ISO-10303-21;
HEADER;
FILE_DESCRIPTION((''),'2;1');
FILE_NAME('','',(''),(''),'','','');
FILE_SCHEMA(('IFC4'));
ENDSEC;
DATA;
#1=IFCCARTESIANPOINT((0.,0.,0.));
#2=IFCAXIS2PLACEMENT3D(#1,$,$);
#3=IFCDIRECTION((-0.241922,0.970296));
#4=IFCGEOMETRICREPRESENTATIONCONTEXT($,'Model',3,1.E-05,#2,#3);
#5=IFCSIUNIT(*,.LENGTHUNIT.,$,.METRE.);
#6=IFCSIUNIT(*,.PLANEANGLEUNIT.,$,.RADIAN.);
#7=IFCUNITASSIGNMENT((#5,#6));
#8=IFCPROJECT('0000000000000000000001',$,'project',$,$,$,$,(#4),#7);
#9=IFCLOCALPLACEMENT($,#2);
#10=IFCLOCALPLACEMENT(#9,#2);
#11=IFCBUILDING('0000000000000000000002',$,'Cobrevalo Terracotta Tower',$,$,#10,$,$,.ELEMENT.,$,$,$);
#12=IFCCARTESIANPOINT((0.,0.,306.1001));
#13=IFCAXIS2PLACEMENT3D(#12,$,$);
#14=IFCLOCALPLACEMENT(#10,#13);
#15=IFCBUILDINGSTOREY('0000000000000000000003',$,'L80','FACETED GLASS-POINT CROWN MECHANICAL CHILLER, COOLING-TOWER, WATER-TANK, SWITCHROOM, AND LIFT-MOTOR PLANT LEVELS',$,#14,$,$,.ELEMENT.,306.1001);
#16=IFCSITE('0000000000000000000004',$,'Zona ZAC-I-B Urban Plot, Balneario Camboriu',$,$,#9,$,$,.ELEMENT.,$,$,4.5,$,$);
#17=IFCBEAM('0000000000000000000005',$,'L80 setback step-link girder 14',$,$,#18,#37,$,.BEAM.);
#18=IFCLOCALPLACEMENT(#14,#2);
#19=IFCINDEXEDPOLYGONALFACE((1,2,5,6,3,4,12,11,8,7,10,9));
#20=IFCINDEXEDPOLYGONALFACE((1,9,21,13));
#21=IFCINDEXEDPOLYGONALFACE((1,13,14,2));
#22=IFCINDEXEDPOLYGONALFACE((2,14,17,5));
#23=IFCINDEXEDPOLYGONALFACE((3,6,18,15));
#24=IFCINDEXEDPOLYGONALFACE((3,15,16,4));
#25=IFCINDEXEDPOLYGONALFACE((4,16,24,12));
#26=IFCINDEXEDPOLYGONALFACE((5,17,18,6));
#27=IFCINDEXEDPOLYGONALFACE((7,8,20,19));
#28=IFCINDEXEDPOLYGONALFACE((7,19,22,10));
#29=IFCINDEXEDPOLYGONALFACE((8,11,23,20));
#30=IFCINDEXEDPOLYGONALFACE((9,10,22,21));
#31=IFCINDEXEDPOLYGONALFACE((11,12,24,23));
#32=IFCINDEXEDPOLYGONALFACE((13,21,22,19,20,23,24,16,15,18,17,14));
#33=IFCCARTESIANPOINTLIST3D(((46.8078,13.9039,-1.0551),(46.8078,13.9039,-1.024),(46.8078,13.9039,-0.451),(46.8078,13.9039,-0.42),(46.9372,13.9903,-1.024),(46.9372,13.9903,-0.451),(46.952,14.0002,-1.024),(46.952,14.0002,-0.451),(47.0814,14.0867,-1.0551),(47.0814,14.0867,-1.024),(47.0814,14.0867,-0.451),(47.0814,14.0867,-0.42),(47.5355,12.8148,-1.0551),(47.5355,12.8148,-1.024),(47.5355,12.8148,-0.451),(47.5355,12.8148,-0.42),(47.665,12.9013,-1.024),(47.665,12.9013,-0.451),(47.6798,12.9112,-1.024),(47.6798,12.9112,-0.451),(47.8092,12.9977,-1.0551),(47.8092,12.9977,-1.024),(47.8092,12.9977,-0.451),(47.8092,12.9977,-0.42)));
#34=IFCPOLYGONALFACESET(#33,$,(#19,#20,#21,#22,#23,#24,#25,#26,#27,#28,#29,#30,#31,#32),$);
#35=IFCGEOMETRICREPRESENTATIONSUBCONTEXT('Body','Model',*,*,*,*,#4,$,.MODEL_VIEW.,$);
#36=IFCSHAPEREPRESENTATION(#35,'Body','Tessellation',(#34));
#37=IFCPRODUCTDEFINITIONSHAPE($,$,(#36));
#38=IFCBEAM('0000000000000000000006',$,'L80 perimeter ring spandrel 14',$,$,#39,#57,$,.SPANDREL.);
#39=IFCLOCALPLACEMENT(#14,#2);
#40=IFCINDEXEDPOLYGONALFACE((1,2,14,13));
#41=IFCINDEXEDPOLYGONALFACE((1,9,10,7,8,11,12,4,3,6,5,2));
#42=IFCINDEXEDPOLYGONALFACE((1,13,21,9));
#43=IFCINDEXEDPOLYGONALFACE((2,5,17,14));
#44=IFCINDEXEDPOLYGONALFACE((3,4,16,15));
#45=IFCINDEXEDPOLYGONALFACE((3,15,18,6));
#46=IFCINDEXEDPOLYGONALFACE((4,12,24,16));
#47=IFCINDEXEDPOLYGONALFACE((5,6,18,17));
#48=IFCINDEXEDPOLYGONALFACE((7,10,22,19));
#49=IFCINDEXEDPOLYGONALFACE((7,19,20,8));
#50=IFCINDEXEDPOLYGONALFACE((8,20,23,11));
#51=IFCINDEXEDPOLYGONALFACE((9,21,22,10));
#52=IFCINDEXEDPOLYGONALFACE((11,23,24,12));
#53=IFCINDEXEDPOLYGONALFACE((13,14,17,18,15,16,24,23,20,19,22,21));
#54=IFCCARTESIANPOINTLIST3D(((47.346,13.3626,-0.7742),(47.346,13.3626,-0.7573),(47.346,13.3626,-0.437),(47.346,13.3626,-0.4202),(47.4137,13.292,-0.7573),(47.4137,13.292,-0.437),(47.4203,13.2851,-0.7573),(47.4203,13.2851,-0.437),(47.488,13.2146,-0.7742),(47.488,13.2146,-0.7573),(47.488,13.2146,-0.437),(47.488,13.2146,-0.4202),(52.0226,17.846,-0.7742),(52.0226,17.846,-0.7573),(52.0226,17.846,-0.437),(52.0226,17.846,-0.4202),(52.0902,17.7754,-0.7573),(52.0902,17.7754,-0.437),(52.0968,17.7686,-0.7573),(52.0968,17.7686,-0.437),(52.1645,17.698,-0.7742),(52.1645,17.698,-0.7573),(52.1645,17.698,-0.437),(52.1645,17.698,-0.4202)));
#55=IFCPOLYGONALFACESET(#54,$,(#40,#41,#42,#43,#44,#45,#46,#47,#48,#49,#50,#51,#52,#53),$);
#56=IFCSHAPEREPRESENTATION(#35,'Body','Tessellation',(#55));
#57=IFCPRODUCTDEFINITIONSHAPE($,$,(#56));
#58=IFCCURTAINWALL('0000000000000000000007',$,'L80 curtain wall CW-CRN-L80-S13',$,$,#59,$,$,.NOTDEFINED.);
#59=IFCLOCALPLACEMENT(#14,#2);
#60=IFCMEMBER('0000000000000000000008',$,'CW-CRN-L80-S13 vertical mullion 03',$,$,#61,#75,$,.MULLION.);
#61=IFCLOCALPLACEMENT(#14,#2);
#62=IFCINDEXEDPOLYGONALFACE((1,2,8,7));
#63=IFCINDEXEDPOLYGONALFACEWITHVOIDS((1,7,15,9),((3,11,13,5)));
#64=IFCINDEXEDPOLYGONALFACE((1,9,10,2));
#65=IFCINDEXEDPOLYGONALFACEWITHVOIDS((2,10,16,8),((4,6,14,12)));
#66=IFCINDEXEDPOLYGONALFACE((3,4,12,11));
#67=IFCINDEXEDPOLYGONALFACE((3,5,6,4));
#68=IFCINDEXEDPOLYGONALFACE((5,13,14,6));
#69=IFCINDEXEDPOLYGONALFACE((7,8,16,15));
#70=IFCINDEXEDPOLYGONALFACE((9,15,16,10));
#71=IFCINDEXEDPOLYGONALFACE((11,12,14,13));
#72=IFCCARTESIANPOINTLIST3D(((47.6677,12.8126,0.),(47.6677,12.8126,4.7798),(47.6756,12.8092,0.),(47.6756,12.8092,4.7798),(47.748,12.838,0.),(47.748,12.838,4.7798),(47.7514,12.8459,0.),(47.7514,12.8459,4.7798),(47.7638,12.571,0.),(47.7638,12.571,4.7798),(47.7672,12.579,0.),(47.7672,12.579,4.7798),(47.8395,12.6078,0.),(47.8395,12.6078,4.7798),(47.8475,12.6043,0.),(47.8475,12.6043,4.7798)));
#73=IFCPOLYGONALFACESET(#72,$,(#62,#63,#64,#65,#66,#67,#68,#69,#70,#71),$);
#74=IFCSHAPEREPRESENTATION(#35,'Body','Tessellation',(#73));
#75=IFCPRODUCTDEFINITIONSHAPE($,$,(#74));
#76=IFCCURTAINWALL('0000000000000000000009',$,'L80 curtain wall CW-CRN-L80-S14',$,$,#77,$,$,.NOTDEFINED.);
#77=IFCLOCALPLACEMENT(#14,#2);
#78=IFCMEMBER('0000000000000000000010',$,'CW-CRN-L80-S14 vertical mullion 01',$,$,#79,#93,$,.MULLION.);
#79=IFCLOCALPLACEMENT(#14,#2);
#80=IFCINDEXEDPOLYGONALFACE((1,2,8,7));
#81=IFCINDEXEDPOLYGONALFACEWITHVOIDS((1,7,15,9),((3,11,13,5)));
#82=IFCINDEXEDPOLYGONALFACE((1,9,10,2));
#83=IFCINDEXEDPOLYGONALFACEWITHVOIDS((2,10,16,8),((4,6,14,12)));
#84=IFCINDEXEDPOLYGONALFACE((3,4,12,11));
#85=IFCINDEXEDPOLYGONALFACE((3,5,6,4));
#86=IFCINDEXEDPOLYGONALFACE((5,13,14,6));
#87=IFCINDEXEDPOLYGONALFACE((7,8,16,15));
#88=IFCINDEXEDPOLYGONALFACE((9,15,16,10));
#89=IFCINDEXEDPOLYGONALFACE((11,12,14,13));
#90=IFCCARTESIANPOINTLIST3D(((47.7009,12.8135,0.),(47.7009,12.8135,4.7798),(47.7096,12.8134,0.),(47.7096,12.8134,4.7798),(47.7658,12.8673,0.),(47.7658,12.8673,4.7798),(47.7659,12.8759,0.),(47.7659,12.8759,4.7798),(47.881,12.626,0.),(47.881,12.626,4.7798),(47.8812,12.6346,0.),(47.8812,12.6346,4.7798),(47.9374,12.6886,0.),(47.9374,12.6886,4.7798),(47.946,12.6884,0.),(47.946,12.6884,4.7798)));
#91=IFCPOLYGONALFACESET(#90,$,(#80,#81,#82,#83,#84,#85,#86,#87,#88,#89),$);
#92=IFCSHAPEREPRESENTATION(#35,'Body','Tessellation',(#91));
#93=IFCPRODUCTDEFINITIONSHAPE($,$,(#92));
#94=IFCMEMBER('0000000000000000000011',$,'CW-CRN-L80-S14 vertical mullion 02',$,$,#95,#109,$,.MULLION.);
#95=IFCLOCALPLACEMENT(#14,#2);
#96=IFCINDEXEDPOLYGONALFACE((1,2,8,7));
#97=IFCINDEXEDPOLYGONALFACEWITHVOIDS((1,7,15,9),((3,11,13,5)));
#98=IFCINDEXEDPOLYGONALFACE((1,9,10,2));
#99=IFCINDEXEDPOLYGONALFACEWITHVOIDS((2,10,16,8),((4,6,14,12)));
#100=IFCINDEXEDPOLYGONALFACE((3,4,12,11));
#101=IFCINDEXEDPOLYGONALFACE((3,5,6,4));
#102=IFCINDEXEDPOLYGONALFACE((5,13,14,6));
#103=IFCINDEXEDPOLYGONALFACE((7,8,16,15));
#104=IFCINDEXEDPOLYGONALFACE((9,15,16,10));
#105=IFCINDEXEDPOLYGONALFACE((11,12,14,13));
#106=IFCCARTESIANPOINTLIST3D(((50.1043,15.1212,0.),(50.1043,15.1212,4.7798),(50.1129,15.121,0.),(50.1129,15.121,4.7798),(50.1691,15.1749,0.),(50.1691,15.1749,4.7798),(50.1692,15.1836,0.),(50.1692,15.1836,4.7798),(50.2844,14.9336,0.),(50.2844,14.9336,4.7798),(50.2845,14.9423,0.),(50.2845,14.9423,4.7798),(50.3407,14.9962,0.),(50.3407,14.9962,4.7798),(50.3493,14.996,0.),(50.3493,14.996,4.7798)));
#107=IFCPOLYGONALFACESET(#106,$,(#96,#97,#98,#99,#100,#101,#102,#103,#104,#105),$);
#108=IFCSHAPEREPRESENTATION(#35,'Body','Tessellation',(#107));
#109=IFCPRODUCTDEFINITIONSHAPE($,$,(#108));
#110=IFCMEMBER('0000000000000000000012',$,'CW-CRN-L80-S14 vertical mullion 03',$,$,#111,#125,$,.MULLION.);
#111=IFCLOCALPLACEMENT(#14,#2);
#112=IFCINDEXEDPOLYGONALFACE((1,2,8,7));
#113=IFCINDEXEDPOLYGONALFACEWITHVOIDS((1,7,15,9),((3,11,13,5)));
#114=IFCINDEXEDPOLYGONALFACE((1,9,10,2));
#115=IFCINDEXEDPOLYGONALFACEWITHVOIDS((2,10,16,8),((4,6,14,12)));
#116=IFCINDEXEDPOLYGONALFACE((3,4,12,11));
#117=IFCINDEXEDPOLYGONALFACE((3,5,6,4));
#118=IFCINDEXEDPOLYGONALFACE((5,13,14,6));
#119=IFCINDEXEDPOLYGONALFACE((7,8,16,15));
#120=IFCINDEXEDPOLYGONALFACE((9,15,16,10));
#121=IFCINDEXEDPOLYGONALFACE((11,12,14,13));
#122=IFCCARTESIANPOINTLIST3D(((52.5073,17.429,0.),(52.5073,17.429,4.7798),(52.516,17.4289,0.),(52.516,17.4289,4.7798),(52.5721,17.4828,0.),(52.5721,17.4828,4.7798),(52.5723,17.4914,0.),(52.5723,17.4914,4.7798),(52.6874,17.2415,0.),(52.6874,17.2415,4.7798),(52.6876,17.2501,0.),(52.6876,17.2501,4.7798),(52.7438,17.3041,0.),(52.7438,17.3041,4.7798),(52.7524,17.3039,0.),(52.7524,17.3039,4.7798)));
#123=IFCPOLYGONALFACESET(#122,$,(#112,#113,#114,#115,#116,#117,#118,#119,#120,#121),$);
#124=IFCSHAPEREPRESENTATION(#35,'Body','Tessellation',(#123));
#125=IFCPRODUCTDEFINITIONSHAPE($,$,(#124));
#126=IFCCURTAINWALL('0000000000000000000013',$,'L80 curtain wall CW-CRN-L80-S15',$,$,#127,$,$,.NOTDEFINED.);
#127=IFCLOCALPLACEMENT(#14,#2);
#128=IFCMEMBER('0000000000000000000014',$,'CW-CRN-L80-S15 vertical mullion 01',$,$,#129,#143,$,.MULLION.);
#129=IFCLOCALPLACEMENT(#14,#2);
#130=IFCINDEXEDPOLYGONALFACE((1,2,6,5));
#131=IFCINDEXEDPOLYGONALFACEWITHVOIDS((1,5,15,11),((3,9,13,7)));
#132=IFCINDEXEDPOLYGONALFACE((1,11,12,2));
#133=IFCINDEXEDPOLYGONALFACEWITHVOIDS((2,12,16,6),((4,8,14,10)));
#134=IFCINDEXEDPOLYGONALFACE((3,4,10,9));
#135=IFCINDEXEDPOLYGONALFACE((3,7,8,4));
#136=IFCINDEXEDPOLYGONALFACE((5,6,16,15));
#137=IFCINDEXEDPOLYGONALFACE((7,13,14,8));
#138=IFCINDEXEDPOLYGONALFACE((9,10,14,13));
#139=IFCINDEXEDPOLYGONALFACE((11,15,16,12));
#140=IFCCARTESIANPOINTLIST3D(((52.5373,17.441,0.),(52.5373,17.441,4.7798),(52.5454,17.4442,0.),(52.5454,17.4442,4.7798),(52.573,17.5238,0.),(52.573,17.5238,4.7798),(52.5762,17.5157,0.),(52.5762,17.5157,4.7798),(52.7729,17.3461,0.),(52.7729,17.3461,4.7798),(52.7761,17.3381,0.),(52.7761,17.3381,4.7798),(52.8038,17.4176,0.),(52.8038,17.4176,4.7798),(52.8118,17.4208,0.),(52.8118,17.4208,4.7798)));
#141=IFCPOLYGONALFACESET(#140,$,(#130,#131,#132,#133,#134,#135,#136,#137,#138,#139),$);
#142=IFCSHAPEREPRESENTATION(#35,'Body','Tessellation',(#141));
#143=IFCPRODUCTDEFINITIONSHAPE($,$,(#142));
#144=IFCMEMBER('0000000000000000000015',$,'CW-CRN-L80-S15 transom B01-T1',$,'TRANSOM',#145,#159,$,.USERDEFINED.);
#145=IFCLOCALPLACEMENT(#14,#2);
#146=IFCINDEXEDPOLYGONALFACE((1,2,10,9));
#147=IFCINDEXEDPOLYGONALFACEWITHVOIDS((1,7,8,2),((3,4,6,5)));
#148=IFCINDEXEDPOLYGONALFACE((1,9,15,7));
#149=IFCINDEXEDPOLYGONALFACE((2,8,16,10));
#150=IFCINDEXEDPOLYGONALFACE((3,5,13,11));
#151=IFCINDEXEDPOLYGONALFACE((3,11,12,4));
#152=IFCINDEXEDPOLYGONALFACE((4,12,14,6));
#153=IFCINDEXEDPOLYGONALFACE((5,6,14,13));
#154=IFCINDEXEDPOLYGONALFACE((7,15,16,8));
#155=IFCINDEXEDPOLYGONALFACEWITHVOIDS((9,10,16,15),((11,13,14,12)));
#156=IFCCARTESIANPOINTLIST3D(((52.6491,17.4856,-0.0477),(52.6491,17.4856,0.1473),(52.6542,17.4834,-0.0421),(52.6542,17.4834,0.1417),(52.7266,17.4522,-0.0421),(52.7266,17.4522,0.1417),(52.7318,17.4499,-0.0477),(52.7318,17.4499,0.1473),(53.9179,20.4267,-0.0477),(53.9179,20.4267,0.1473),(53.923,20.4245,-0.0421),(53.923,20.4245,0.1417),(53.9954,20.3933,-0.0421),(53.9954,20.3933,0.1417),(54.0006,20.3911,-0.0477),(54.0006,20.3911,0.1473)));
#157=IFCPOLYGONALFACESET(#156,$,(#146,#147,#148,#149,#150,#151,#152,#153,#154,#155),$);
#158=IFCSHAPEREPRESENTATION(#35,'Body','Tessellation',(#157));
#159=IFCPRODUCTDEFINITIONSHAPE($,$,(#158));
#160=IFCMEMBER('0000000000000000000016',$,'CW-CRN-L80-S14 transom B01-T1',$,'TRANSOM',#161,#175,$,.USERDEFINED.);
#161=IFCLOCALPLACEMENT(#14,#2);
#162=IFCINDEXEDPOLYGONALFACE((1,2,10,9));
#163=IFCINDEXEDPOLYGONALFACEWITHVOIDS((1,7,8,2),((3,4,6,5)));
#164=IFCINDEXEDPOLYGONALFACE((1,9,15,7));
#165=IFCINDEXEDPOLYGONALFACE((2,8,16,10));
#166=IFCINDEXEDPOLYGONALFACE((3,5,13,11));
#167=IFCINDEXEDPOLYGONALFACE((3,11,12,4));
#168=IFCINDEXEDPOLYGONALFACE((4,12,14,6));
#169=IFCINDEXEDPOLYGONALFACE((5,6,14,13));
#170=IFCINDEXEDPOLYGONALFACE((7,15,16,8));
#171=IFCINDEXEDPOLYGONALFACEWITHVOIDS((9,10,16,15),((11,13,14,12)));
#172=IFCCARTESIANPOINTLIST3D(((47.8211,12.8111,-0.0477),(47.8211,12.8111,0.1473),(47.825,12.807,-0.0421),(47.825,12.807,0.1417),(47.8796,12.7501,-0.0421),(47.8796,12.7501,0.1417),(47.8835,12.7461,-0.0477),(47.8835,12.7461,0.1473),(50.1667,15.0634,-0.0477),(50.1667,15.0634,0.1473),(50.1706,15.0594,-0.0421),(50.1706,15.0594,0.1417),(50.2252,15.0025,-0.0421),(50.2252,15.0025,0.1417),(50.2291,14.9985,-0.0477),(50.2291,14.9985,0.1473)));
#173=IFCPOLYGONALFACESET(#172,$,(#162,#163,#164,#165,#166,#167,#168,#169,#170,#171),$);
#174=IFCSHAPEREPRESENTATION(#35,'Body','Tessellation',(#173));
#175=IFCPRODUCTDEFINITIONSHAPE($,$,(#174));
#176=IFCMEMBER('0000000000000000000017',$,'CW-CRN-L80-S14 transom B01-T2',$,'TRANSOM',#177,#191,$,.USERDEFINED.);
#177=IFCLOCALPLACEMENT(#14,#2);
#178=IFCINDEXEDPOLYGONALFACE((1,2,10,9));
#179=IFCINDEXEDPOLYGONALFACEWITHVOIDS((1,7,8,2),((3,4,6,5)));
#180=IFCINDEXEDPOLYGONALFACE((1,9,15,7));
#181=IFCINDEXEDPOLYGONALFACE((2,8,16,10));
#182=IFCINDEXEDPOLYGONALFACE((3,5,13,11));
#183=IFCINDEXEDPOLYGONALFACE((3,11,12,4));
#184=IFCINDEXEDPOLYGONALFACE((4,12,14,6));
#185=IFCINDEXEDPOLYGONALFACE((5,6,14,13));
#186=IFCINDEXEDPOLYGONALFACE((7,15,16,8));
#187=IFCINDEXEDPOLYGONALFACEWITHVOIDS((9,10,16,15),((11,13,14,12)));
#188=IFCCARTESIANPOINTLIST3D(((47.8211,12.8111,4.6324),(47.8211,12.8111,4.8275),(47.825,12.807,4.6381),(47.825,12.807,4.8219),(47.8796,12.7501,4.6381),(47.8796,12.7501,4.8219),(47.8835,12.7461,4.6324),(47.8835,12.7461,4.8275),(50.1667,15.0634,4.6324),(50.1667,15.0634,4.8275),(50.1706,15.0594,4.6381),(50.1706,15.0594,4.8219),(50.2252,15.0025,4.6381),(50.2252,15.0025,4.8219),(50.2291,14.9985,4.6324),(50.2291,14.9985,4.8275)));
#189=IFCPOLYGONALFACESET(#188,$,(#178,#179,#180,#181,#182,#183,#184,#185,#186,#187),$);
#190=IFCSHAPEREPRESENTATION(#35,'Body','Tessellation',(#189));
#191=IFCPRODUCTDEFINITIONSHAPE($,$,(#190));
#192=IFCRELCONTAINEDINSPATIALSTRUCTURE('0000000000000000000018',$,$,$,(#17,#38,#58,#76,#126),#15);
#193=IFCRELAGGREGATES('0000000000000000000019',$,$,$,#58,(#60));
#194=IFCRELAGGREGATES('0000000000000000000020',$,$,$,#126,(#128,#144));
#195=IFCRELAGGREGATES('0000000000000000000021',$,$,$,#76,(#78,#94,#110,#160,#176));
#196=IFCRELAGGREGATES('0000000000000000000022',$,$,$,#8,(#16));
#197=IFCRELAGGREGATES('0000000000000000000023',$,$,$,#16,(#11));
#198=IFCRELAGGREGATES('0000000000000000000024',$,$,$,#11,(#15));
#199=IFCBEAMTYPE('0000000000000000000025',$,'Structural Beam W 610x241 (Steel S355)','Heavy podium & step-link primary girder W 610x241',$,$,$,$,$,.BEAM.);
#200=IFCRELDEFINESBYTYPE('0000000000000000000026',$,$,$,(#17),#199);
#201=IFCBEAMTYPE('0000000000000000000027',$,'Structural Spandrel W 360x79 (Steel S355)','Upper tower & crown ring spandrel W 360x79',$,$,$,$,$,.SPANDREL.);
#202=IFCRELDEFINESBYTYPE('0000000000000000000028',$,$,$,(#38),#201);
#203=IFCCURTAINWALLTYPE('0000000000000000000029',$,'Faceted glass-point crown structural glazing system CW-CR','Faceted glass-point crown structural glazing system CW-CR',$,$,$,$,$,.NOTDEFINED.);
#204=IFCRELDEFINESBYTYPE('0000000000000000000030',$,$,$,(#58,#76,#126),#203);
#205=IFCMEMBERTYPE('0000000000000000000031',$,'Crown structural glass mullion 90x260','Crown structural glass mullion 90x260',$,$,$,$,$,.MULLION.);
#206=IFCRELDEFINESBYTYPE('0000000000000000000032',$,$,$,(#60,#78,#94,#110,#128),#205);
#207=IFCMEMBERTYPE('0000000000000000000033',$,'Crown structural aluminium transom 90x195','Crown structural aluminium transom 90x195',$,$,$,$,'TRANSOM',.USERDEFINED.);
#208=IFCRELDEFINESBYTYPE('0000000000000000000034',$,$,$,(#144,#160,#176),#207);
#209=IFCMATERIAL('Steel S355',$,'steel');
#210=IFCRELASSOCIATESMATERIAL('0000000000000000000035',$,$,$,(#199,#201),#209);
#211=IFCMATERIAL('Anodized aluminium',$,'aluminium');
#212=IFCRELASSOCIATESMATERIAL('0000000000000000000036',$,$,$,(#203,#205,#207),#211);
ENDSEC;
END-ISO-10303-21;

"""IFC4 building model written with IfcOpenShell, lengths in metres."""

from ifc_helpers import new_model, si_unit, direction, frame, origin, origin_2d, place, context, subcontext, project, spatial, hollow_rectangle, i_section, extrude, source, transform, mapped, material, material_profile, profile_set, type_object, element, aggregate, save


model = new_model("IFC4")

# Units and contexts
model_context = context("Model", 3, precision=1e-05, world=origin(), true_north=direction((-0.241922, 0.970296)))
body_context = subcontext(model_context, "Body", "Model", "MODEL_VIEW")
ifc_project = project(units=[si_unit("LENGTHUNIT", "METRE"), si_unit("PLANEANGLEUNIT", "RADIAN")], contexts=[model_context])

# Site, building, storey
site_placement = place(None, origin())
site = spatial("IfcSite", under=ifc_project, at=site_placement, Name="Zona ZAC-I-B Urban Plot, Balneario Camboriu", CompositionType="ELEMENT", RefElevation=4.5)
building_placement = place(site_placement, origin())
building = spatial("IfcBuilding", under=site, at=building_placement, Name="Cobrevalo Terracotta Tower", CompositionType="ELEMENT")
storey_placement = place(building_placement, frame((0.0, 0.0, 306.1001)))
storey = spatial("IfcBuildingStorey", under=building, at=storey_placement, Name="L80", Description="FACETED GLASS-POINT CROWN MECHANICAL CHILLER, COOLING-TOWER, WATER-TANK, SWITCHROOM, AND LIFT-MOTOR PLANT LEVELS", CompositionType="ELEMENT", Elevation=306.1001)

# Beams
ifc_material_1 = material(Name="Steel S355", Category="steel")
ifc_material_profile_1 = material_profile(ifc_material_1, i_section(OverallWidth=0.3291, OverallDepth=0.635, WebThickness=0.0178, FlangeThickness=0.031, at=origin_2d()), Name="W 610x241")
ifc_profile_set_1 = profile_set([ifc_material_profile_1], Name="Steel S355")
beam_type_1 = type_object("IfcBeamType", Name="Structural Beam W 610x241 (Steel S355)", Description="Heavy podium & step-link primary girder W 610x241", PredefinedType="BEAM", material=ifc_profile_set_1)
beam_1_placement = place(storey_placement, frame((47.6724, 12.9062, -0.7375), z_axis=(-0.555603, 0.831448, 0.0), x_axis=(-0.831448, -0.555603, 0.0)))
element("IfcBeam", 1, at=beam_1_placement, inside=storey, type_object=beam_type_1, Name="L80 setback step-link girder 14", PredefinedType="BEAM", context=body_context, shape_type="SweptSolid", body=[
    extrude(i_section(OverallWidth=0.3291, OverallDepth=0.635, WebThickness=0.0178, FlangeThickness=0.031, at=origin_2d()), origin(), (0.0, 0.0, 1.0), 1.3098),
])
ifc_material_profile_2 = material_profile(ifc_material_1, i_section(OverallWidth=0.2051, OverallDepth=0.354, WebThickness=0.0095, FlangeThickness=0.0168, at=origin_2d()), Name="W 360x79")
ifc_profile_set_2 = profile_set([ifc_material_profile_2], Name="Steel S355")
beam_type_2 = type_object("IfcBeamType", Name="Structural Spandrel W 360x79 (Steel S355)", Description="Upper tower & crown ring spandrel W 360x79", PredefinedType="SPANDREL", material=ifc_profile_set_2)
beam_2_placement = place(storey_placement, frame((47.417, 13.2886, -0.5972), z_axis=(0.721854, 0.692045, 0.0), x_axis=(-0.692045, 0.721854, 0.0)))
element("IfcBeam", 2, at=beam_2_placement, inside=storey, type_object=beam_type_2, Name="L80 perimeter ring spandrel 14", PredefinedType="SPANDREL", context=body_context, shape_type="SweptSolid", body=[
    extrude(i_section(OverallWidth=0.2051, OverallDepth=0.354, WebThickness=0.0095, FlangeThickness=0.0168, at=origin_2d()), origin(), (0.0, 0.0, 1.0), 6.4785),
])

# Curtain wall, member
ifc_material_2 = material(Name="Anodized aluminium", Category="aluminium")
curtain_wall_type = type_object("IfcCurtainWallType", Name="Faceted glass-point crown structural glazing system CW-CR", Description="Faceted glass-point crown structural glazing system CW-CR", PredefinedType="NOTDEFINED", material=ifc_material_2)
curtain_wall_1_placement = place(storey_placement, origin())
curtain_wall_1 = element("IfcCurtainWall", 3, at=curtain_wall_1_placement, inside=storey, type_object=curtain_wall_type, Name="L80 curtain wall CW-CRN-L80-S13", PredefinedType="NOTDEFINED")
ifc_material_profile_3 = material_profile(ifc_material_2, hollow_rectangle(XDim=0.0901, YDim=0.26, WallThickness=0.0061, at=origin_2d()), Name="CWM 90x260")
ifc_profile_set_3 = profile_set([ifc_material_profile_3], Name="Anodized aluminium")
member_type_1 = type_object("IfcMemberType", Name="Crown structural glass mullion 90x260", Description="Crown structural glass mullion 90x260", PredefinedType="MULLION", material=ifc_profile_set_3)
shared_shape_1 = source(origin(), body_context, "Body", "SweptSolid", [
    extrude(hollow_rectangle(XDim=0.0901, YDim=0.26, WallThickness=0.0061, at=origin_2d()), origin(), (0.0, 0.0, 1.0), 4.7798),
])
member_1_placement = place(storey_placement, frame((47.7576, 12.7085, 0.0), z_axis=(0.0, 0.0, 1.0), x_axis=(0.929191, 0.369601, 0.0)))
member_1 = element("IfcMember", 4, at=member_1_placement, type_object=member_type_1, Name="CW-CRN-L80-S13 vertical mullion 03", PredefinedType="MULLION", context=body_context, shape_type="MappedRepresentation", body=[
    mapped(shared_shape_1, transform((0.0, 0.0, 0.0), scale=1.0)),
])
aggregate(curtain_wall_1, [member_1])

# Curtain walls, members
curtain_wall_2_placement = place(storey_placement, origin())
curtain_wall_2 = element("IfcCurtainWall", 5, at=curtain_wall_2_placement, inside=storey, type_object=curtain_wall_type, Name="L80 curtain wall CW-CRN-L80-S14", PredefinedType="NOTDEFINED")
member_2_placement = place(storey_placement, frame((47.8235, 12.751, 0.0), z_axis=(0.0, 0.0, 1.0), x_axis=(0.721277, 0.692647, 0.0)))
member_2 = element("IfcMember", 6, at=member_2_placement, type_object=member_type_1, Name="CW-CRN-L80-S14 vertical mullion 01", PredefinedType="MULLION", context=body_context, shape_type="MappedRepresentation", body=[
    mapped(shared_shape_1, transform((0.0, 0.0, 0.0), scale=1.0)),
])
member_3_placement = place(storey_placement, frame((50.2268, 15.0586, 0.0), z_axis=(0.0, 0.0, 1.0), x_axis=(0.721277, 0.692647, 0.0)))
member_3 = element("IfcMember", 7, at=member_3_placement, type_object=member_type_1, Name="CW-CRN-L80-S14 vertical mullion 02", PredefinedType="MULLION", context=body_context, shape_type="MappedRepresentation", body=[
    mapped(shared_shape_1, transform((0.0, 0.0, 0.0), scale=1.0)),
])
member_4_placement = place(storey_placement, frame((52.6299, 17.3665, 0.0), z_axis=(0.0, 0.0, 1.0), x_axis=(0.721277, 0.692647, 0.0)))
member_4 = element("IfcMember", 8, at=member_4_placement, type_object=member_type_1, Name="CW-CRN-L80-S14 vertical mullion 03", PredefinedType="MULLION", context=body_context, shape_type="MappedRepresentation", body=[
    mapped(shared_shape_1, transform((0.0, 0.0, 0.0), scale=1.0)),
])
curtain_wall_3_placement = place(storey_placement, origin())
curtain_wall_3 = element("IfcCurtainWall", 9, at=curtain_wall_3_placement, inside=storey, type_object=curtain_wall_type, Name="L80 curtain wall CW-CRN-L80-S15", PredefinedType="NOTDEFINED")
member_5_placement = place(storey_placement, frame((52.6746, 17.4309, 0.0), z_axis=(0.0, 0.0, 1.0), x_axis=(0.396058, 0.918225, 0.0)))
member_5 = element("IfcMember", 10, at=member_5_placement, type_object=member_type_1, Name="CW-CRN-L80-S15 vertical mullion 01", PredefinedType="MULLION", context=body_context, shape_type="MappedRepresentation", body=[
    mapped(shared_shape_1, transform((0.0, 0.0, 0.0), scale=1.0)),
])
ifc_material_profile_4 = material_profile(ifc_material_2, hollow_rectangle(XDim=0.0901, YDim=0.1951, WallThickness=0.0056, at=origin_2d()), Name="CWT 90x195")
ifc_profile_set_4 = profile_set([ifc_material_profile_4], Name="Anodized aluminium")
member_type_2 = type_object("IfcMemberType", Name="Crown structural aluminium transom 90x195", Description="Crown structural aluminium transom 90x195", ElementType="TRANSOM", PredefinedType="USERDEFINED", material=ifc_profile_set_4)
shared_shape_2 = source(origin(), body_context, "Body", "SweptSolid", [
    extrude(hollow_rectangle(XDim=0.0901, YDim=0.1951, WallThickness=0.0056, at=origin_2d()), origin(), (0.0, 0.0, 1.0), 3.2031),
])
member_6_placement = place(storey_placement, frame((52.6904, 17.4678, 0.0498), z_axis=(0.396107, 0.918204, 0.0), x_axis=(-0.918204, 0.396107, 0.0)))
member_6 = element("IfcMember", 11, at=member_6_placement, type_object=member_type_2, Name="CW-CRN-L80-S15 transom B01-T1", ObjectType="TRANSOM", PredefinedType="USERDEFINED", context=body_context, shape_type="MappedRepresentation", body=[
    mapped(shared_shape_2, transform((0.0, 0.0, 0.0), scale=1.0)),
])
aggregate(curtain_wall_3, [member_5, member_6])

# Members
shared_shape_3 = source(origin(), body_context, "Body", "SweptSolid", [
    extrude(hollow_rectangle(XDim=0.0901, YDim=0.1951, WallThickness=0.0056, at=origin_2d()), origin(), (0.0, 0.0, 1.0), 3.252),
])
member_7_placement = place(storey_placement, frame((47.8523, 12.7786, 0.0498), z_axis=(0.7213, 0.692622, 0.0), x_axis=(-0.692622, 0.7213, 0.0)))
member_7 = element("IfcMember", 12, at=member_7_placement, type_object=member_type_2, Name="CW-CRN-L80-S14 transom B01-T1", ObjectType="TRANSOM", PredefinedType="USERDEFINED", context=body_context, shape_type="MappedRepresentation", body=[
    mapped(shared_shape_3, transform((0.0, 0.0, 0.0), scale=1.0)),
])
member_8_placement = place(storey_placement, frame((47.8523, 12.7786, 4.73), z_axis=(0.7213, 0.692622, 0.0), x_axis=(-0.692622, 0.7213, 0.0)))
member_8 = element("IfcMember", 13, at=member_8_placement, type_object=member_type_2, Name="CW-CRN-L80-S14 transom B01-T2", ObjectType="TRANSOM", PredefinedType="USERDEFINED", context=body_context, shape_type="MappedRepresentation", body=[
    mapped(shared_shape_3, transform((0.0, 0.0, 0.0), scale=1.0)),
])

aggregate(curtain_wall_2, [member_2, member_3, member_4, member_7, member_8])

save(model, "model.ifc")
